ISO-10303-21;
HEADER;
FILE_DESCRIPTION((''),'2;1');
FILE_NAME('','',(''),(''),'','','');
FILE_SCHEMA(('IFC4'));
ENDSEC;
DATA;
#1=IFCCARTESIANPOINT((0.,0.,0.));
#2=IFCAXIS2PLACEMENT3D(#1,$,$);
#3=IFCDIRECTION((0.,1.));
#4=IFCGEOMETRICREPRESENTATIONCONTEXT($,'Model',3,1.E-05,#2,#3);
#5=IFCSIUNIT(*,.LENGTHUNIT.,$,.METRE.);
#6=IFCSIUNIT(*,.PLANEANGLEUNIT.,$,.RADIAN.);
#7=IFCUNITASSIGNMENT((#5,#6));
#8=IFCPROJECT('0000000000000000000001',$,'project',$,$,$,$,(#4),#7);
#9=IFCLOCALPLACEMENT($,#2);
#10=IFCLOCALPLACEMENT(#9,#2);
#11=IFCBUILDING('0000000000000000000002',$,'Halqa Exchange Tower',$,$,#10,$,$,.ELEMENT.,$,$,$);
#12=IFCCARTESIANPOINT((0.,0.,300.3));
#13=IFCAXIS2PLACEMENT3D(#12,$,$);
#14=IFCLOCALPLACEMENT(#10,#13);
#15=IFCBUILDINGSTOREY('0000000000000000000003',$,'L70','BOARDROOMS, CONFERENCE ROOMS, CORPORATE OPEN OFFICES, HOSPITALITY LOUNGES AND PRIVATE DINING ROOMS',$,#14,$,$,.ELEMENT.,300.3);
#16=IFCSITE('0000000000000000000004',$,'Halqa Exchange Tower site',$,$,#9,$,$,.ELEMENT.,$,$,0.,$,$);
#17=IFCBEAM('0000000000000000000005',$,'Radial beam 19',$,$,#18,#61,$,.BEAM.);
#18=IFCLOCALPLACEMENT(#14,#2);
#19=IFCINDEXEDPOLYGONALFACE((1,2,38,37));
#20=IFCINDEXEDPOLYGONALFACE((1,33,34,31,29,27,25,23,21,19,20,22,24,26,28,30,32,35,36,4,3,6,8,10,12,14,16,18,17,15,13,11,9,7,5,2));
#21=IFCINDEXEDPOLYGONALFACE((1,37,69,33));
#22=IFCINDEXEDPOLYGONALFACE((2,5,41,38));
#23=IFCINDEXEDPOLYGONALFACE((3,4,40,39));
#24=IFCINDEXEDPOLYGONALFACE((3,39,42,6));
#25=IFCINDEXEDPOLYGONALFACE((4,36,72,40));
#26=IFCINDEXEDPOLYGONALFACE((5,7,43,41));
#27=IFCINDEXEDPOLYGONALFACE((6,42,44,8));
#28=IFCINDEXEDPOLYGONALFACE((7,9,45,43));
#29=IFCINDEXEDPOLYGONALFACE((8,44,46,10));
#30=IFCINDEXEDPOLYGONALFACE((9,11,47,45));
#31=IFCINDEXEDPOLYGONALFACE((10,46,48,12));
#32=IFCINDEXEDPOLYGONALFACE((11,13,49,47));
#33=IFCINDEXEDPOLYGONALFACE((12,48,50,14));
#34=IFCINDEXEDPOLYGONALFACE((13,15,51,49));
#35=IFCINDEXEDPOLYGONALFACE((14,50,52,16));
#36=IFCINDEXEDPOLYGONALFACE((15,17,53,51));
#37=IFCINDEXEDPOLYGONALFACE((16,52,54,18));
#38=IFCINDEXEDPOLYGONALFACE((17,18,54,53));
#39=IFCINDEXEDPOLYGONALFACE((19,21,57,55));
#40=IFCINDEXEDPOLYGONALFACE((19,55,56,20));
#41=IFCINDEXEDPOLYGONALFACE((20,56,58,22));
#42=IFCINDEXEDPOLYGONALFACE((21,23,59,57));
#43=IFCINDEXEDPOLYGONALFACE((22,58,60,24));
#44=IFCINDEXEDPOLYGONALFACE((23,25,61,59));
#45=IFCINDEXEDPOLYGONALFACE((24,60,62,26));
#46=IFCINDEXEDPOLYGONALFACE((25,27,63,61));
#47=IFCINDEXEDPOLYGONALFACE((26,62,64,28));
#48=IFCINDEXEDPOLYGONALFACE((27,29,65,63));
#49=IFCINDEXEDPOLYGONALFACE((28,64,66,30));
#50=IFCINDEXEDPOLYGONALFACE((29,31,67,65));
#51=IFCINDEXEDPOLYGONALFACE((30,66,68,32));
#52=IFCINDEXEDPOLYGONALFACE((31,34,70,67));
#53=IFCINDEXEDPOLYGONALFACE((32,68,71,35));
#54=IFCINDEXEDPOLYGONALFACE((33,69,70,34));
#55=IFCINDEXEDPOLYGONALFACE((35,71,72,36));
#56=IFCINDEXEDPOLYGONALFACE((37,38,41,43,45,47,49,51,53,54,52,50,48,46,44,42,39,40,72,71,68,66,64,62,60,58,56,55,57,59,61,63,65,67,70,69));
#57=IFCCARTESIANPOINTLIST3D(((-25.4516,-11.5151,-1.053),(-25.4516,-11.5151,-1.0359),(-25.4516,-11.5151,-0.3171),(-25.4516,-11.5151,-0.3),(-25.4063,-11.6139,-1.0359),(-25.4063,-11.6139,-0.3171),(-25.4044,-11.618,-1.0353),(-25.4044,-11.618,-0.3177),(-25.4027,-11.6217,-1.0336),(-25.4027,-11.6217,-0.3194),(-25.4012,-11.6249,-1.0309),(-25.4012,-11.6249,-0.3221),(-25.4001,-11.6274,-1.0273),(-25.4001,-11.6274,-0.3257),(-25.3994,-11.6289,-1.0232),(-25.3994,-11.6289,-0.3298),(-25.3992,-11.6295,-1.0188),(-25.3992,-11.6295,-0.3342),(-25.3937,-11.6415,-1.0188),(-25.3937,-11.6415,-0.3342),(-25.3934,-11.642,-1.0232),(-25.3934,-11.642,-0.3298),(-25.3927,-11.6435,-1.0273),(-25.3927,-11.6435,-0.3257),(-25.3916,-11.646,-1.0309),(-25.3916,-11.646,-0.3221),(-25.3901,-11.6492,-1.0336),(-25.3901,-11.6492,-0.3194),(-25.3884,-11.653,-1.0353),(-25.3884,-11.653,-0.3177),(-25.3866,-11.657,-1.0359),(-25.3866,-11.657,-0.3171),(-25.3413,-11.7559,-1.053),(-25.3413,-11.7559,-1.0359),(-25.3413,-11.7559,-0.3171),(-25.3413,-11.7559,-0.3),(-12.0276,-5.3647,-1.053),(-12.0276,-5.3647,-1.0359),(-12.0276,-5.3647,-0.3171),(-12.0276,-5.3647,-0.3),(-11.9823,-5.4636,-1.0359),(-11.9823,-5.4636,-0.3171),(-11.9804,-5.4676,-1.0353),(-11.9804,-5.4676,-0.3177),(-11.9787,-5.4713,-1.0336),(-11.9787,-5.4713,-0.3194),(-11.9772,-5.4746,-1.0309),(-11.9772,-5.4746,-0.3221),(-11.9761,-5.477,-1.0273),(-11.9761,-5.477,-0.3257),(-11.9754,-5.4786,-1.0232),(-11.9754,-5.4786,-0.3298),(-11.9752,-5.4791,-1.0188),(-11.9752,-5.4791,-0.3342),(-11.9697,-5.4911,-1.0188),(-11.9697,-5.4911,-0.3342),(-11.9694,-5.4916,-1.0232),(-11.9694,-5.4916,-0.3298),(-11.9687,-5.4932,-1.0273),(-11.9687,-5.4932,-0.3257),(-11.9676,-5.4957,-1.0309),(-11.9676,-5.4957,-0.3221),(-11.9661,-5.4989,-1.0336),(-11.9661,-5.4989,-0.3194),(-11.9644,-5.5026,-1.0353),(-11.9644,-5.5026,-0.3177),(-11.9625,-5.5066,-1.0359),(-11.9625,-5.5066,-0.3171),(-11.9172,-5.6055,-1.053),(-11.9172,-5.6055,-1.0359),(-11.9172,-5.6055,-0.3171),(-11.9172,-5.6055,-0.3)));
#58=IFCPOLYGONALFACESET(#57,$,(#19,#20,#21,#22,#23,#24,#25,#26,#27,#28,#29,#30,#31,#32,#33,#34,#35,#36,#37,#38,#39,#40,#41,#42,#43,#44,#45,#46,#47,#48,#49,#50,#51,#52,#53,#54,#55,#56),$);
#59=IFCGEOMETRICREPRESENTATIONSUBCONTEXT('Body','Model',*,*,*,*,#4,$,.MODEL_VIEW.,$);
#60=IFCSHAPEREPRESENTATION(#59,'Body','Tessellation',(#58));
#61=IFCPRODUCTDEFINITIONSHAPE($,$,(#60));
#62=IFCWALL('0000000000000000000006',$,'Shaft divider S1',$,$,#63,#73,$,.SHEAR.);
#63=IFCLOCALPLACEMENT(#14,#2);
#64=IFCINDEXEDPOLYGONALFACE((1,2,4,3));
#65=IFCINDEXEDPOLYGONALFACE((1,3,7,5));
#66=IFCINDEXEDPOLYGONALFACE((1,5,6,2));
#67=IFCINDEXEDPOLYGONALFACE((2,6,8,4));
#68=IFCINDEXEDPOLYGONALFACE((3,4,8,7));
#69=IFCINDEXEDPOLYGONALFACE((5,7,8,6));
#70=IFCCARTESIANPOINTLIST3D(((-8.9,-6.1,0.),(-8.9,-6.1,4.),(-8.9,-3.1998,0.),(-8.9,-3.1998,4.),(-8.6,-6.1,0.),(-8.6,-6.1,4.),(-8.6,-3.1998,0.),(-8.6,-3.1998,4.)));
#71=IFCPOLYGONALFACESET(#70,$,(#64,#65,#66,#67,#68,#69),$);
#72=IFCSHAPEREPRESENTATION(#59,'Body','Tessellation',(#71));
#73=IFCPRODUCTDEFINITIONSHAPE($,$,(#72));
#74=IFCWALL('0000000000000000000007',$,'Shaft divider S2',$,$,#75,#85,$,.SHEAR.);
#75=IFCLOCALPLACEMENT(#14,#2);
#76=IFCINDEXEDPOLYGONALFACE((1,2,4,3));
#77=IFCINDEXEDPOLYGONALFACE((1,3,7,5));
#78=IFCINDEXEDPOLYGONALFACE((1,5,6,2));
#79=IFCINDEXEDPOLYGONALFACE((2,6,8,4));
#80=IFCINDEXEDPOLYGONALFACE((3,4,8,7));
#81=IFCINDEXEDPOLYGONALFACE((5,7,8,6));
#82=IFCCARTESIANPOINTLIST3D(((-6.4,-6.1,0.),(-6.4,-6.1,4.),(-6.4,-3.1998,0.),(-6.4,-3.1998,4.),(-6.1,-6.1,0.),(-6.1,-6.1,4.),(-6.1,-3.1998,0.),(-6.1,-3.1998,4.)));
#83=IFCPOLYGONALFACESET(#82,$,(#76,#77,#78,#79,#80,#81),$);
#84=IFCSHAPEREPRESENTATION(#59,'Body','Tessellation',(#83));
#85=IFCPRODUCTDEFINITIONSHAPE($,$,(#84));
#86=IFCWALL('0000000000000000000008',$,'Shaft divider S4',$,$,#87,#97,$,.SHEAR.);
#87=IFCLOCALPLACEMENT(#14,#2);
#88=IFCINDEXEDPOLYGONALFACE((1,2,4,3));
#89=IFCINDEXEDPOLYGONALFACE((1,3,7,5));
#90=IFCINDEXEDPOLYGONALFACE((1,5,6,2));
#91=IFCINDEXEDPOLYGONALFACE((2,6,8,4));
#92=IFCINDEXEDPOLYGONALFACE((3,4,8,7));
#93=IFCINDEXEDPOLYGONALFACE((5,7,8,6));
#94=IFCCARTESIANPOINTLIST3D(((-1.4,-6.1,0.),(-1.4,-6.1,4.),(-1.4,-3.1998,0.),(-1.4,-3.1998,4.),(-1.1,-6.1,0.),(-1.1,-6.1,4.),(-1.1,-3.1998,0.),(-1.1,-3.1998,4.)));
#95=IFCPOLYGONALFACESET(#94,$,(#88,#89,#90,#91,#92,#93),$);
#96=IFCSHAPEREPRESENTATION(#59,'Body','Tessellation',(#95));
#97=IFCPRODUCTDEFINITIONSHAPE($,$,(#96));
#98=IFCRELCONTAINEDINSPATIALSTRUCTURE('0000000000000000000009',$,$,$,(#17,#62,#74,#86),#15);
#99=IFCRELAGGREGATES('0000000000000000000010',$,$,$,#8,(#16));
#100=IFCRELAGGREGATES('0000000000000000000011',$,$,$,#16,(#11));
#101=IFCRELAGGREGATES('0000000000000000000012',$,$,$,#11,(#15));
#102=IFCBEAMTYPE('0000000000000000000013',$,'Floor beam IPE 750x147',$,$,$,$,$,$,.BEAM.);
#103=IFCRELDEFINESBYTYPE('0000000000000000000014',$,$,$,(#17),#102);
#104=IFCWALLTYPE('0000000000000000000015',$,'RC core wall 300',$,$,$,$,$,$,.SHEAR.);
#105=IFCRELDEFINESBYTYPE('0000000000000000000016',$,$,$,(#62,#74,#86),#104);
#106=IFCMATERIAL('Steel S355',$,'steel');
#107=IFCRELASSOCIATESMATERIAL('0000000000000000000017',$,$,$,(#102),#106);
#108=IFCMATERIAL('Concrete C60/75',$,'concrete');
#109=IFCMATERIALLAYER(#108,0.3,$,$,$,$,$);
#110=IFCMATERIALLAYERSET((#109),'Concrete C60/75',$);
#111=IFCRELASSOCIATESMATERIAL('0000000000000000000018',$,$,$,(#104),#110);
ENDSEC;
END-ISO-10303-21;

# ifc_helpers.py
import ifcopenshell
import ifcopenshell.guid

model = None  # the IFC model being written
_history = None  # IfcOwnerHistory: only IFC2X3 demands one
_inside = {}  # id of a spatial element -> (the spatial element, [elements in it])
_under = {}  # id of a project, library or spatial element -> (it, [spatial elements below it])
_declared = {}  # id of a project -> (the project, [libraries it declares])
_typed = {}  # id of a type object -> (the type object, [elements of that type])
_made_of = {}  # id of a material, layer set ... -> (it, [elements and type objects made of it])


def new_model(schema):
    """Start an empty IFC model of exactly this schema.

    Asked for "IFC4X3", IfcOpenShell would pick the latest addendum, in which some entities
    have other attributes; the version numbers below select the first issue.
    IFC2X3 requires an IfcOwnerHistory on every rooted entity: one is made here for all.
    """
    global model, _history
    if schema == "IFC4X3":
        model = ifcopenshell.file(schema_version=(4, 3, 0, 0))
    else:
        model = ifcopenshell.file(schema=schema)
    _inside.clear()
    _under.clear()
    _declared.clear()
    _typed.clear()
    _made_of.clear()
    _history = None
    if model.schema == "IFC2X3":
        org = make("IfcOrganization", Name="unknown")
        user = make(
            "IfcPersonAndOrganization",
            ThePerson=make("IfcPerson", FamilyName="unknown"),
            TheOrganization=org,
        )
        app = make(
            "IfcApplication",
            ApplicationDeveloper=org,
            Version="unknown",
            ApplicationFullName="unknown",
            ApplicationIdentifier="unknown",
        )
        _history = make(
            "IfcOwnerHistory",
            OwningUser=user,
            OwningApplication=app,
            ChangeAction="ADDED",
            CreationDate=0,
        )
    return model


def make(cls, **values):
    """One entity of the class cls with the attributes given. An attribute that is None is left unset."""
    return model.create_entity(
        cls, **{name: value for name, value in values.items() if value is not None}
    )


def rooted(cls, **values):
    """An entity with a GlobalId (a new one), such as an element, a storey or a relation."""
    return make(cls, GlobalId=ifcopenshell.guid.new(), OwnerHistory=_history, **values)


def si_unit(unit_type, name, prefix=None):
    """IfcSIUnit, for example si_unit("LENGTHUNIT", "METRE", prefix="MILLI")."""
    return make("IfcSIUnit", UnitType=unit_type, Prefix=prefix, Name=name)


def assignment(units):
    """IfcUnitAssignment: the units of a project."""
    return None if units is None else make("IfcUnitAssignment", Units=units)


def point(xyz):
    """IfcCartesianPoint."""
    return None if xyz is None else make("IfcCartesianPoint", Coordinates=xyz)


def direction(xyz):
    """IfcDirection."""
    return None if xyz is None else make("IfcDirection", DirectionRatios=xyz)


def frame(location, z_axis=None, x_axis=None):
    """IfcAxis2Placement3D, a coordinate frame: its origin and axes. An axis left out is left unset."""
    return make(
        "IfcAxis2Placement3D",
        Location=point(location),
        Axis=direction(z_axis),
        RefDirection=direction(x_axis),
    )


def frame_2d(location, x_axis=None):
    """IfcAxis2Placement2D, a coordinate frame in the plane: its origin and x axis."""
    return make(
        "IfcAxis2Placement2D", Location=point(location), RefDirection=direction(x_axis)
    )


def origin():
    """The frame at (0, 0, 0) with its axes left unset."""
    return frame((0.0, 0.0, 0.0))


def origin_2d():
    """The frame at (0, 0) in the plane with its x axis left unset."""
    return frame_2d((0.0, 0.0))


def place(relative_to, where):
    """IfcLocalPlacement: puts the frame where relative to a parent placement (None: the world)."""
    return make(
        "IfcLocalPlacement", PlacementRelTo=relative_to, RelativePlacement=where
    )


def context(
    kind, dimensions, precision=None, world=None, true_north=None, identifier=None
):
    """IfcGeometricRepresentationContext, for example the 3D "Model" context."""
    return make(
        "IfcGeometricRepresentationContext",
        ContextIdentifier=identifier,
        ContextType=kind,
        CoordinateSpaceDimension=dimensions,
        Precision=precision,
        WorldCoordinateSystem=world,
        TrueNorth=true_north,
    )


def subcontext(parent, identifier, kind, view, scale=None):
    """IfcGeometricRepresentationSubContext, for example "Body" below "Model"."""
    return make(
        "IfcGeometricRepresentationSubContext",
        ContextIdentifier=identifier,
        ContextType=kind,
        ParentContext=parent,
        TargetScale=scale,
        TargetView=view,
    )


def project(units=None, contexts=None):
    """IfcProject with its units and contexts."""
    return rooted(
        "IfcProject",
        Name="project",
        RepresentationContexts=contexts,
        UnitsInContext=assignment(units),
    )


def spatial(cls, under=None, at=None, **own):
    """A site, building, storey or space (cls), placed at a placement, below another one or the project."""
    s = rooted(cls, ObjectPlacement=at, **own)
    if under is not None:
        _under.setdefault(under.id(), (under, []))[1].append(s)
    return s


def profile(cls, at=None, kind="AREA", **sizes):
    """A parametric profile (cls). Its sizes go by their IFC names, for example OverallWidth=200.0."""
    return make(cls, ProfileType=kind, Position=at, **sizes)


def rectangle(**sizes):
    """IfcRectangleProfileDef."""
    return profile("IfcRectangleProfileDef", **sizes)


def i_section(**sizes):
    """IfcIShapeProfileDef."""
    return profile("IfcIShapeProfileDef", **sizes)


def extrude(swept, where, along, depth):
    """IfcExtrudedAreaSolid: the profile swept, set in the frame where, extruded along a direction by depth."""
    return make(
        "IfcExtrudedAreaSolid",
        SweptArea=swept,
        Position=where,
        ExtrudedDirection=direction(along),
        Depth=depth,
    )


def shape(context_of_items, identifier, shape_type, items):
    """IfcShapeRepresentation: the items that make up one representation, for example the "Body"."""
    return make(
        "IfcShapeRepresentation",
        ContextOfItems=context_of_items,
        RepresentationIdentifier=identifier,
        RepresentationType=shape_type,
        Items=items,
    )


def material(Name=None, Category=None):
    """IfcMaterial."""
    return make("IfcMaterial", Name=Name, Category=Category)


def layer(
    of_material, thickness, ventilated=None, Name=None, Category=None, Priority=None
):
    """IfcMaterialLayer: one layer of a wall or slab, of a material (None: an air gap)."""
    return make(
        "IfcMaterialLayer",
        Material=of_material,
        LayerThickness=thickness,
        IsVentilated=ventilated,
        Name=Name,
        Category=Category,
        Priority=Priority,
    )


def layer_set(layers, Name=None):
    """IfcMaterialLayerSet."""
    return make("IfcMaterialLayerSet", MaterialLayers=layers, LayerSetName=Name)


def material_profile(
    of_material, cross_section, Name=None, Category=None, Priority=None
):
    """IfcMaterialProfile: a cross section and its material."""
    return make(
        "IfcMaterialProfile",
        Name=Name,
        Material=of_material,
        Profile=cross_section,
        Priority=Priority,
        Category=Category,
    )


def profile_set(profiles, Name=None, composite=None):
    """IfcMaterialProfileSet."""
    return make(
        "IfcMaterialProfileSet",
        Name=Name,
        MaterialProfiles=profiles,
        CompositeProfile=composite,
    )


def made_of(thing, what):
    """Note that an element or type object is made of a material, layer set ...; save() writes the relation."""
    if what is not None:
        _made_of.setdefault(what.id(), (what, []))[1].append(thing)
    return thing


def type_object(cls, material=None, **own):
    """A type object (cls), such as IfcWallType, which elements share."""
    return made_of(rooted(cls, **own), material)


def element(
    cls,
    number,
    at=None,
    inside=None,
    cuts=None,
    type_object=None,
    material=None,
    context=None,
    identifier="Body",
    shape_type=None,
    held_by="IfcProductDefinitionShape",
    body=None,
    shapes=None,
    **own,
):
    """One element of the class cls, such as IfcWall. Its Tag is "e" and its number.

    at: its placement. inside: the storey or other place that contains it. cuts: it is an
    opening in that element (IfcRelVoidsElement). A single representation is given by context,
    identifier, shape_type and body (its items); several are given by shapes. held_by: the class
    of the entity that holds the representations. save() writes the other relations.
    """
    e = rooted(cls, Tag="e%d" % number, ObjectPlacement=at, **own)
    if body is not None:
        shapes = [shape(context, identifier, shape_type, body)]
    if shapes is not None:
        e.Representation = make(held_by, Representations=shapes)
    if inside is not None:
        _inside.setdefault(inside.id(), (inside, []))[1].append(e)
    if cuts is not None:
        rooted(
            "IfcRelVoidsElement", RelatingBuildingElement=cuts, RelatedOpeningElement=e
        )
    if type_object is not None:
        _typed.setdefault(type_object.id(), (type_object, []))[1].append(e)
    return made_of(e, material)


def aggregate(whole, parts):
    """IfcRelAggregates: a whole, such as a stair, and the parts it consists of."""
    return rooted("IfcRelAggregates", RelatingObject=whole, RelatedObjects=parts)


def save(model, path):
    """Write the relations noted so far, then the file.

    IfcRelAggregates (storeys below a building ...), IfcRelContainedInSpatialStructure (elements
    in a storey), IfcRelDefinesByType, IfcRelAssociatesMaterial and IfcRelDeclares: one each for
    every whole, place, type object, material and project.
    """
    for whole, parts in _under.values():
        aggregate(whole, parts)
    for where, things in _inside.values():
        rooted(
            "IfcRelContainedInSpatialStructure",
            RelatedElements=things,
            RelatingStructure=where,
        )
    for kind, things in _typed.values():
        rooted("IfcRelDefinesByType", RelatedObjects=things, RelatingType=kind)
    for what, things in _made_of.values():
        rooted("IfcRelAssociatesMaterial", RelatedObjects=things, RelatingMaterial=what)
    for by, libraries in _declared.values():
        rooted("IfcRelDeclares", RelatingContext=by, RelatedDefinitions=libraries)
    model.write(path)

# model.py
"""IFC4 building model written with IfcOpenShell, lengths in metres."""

from ifc_helpers import new_model, si_unit, direction, frame, frame_2d, origin, origin_2d, place, context, subcontext, project, spatial, rectangle, i_section, extrude, material, layer, layer_set, material_profile, profile_set, type_object, element, save


model = new_model("IFC4")

# Units and contexts
model_context = context("Model", 3, precision=1e-05, world=origin(), true_north=direction((0.0, 1.0)))
body_context = subcontext(model_context, "Body", "Model", "MODEL_VIEW")
ifc_project = project(units=[si_unit("LENGTHUNIT", "METRE"), si_unit("PLANEANGLEUNIT", "RADIAN")], contexts=[model_context])

# Site, building, storey
site_placement = place(None, origin())
site = spatial("IfcSite", under=ifc_project, at=site_placement, Name="Halqa Exchange Tower site", CompositionType="ELEMENT", RefElevation=0.0)
building_placement = place(site_placement, origin())
building = spatial("IfcBuilding", under=site, at=building_placement, Name="Halqa Exchange Tower", CompositionType="ELEMENT")
storey_placement = place(building_placement, frame((0.0, 0.0, 300.3)))
storey = spatial("IfcBuildingStorey", under=building, at=storey_placement, Name="L70", Description="BOARDROOMS, CONFERENCE ROOMS, CORPORATE OPEN OFFICES, HOSPITALITY LOUNGES AND PRIVATE DINING ROOMS", CompositionType="ELEMENT", Elevation=300.3)

# Beam
ifc_material_1 = material(Name="Steel S355", Category="steel")
ifc_material_profile = material_profile(ifc_material_1, i_section(OverallWidth=0.2649, OverallDepth=0.7529, WebThickness=0.0132, FlangeThickness=0.0171, FilletRadius=0.0171, at=origin_2d()), Name="IPE 750x147")
ifc_profile_set = profile_set([ifc_material_profile], Name="Steel S355")
beam_type = type_object("IfcBeamType", Name="Floor beam IPE 750x147", PredefinedType="BEAM", material=ifc_profile_set)
beam_placement = place(storey_placement, frame((-11.9724, -5.4851, -0.6765), z_axis=(-0.909124, -0.416525, 0.0), x_axis=(0.416525, -0.909124, 0.0)))
element("IfcBeam", 1, at=beam_placement, inside=storey, type_object=beam_type, Name="Radial beam 19", PredefinedType="BEAM", context=body_context, shape_type="SweptSolid", body=[
    extrude(i_section(OverallWidth=0.2649, OverallDepth=0.7529, WebThickness=0.0132, FlangeThickness=0.0171, FilletRadius=0.0171, at=origin_2d()), origin(), (0.0, 0.0, 1.0), 14.7659),
])

# Walls
ifc_material_2 = material(Name="Concrete C60/75", Category="concrete")
ifc_layer_1 = layer(ifc_material_2, 0.3)
ifc_layer_set_1 = layer_set([ifc_layer_1], Name="Concrete C60/75")
wall_type_1 = type_object("IfcWallType", Name="RC core wall 300", PredefinedType="SHEAR", material=ifc_layer_set_1)
for number, where, z_axis, x_axis, name in (
    (2, (-8.75, -6.1001, 0.0), (0.0, 0.0, 1.0), (0.0, 1.0, 0.0), "Shaft divider S1"),
    (3, (-6.25, -6.1001, 0.0), (0.0, 0.0, 1.0), (0.0, 1.0, 0.0), "Shaft divider S2"),
    (4, (-1.25, -6.1001, 0.0), (0.0, 0.0, 1.0), (0.0, 1.0, 0.0), "Shaft divider S4"),
):
    element("IfcWall", number, at=place(storey_placement, frame(where, z_axis=z_axis, x_axis=x_axis)), inside=storey, type_object=wall_type_1, Name=name, PredefinedType="SHEAR", context=body_context, shape_type="SweptSolid", body=[
        extrude(rectangle(XDim=2.9001, YDim=0.3, at=frame_2d((1.4502, 0.0))), origin(), (0.0, 0.0, 1.0), 4.0),
    ])

save(model, "model.ifc")
